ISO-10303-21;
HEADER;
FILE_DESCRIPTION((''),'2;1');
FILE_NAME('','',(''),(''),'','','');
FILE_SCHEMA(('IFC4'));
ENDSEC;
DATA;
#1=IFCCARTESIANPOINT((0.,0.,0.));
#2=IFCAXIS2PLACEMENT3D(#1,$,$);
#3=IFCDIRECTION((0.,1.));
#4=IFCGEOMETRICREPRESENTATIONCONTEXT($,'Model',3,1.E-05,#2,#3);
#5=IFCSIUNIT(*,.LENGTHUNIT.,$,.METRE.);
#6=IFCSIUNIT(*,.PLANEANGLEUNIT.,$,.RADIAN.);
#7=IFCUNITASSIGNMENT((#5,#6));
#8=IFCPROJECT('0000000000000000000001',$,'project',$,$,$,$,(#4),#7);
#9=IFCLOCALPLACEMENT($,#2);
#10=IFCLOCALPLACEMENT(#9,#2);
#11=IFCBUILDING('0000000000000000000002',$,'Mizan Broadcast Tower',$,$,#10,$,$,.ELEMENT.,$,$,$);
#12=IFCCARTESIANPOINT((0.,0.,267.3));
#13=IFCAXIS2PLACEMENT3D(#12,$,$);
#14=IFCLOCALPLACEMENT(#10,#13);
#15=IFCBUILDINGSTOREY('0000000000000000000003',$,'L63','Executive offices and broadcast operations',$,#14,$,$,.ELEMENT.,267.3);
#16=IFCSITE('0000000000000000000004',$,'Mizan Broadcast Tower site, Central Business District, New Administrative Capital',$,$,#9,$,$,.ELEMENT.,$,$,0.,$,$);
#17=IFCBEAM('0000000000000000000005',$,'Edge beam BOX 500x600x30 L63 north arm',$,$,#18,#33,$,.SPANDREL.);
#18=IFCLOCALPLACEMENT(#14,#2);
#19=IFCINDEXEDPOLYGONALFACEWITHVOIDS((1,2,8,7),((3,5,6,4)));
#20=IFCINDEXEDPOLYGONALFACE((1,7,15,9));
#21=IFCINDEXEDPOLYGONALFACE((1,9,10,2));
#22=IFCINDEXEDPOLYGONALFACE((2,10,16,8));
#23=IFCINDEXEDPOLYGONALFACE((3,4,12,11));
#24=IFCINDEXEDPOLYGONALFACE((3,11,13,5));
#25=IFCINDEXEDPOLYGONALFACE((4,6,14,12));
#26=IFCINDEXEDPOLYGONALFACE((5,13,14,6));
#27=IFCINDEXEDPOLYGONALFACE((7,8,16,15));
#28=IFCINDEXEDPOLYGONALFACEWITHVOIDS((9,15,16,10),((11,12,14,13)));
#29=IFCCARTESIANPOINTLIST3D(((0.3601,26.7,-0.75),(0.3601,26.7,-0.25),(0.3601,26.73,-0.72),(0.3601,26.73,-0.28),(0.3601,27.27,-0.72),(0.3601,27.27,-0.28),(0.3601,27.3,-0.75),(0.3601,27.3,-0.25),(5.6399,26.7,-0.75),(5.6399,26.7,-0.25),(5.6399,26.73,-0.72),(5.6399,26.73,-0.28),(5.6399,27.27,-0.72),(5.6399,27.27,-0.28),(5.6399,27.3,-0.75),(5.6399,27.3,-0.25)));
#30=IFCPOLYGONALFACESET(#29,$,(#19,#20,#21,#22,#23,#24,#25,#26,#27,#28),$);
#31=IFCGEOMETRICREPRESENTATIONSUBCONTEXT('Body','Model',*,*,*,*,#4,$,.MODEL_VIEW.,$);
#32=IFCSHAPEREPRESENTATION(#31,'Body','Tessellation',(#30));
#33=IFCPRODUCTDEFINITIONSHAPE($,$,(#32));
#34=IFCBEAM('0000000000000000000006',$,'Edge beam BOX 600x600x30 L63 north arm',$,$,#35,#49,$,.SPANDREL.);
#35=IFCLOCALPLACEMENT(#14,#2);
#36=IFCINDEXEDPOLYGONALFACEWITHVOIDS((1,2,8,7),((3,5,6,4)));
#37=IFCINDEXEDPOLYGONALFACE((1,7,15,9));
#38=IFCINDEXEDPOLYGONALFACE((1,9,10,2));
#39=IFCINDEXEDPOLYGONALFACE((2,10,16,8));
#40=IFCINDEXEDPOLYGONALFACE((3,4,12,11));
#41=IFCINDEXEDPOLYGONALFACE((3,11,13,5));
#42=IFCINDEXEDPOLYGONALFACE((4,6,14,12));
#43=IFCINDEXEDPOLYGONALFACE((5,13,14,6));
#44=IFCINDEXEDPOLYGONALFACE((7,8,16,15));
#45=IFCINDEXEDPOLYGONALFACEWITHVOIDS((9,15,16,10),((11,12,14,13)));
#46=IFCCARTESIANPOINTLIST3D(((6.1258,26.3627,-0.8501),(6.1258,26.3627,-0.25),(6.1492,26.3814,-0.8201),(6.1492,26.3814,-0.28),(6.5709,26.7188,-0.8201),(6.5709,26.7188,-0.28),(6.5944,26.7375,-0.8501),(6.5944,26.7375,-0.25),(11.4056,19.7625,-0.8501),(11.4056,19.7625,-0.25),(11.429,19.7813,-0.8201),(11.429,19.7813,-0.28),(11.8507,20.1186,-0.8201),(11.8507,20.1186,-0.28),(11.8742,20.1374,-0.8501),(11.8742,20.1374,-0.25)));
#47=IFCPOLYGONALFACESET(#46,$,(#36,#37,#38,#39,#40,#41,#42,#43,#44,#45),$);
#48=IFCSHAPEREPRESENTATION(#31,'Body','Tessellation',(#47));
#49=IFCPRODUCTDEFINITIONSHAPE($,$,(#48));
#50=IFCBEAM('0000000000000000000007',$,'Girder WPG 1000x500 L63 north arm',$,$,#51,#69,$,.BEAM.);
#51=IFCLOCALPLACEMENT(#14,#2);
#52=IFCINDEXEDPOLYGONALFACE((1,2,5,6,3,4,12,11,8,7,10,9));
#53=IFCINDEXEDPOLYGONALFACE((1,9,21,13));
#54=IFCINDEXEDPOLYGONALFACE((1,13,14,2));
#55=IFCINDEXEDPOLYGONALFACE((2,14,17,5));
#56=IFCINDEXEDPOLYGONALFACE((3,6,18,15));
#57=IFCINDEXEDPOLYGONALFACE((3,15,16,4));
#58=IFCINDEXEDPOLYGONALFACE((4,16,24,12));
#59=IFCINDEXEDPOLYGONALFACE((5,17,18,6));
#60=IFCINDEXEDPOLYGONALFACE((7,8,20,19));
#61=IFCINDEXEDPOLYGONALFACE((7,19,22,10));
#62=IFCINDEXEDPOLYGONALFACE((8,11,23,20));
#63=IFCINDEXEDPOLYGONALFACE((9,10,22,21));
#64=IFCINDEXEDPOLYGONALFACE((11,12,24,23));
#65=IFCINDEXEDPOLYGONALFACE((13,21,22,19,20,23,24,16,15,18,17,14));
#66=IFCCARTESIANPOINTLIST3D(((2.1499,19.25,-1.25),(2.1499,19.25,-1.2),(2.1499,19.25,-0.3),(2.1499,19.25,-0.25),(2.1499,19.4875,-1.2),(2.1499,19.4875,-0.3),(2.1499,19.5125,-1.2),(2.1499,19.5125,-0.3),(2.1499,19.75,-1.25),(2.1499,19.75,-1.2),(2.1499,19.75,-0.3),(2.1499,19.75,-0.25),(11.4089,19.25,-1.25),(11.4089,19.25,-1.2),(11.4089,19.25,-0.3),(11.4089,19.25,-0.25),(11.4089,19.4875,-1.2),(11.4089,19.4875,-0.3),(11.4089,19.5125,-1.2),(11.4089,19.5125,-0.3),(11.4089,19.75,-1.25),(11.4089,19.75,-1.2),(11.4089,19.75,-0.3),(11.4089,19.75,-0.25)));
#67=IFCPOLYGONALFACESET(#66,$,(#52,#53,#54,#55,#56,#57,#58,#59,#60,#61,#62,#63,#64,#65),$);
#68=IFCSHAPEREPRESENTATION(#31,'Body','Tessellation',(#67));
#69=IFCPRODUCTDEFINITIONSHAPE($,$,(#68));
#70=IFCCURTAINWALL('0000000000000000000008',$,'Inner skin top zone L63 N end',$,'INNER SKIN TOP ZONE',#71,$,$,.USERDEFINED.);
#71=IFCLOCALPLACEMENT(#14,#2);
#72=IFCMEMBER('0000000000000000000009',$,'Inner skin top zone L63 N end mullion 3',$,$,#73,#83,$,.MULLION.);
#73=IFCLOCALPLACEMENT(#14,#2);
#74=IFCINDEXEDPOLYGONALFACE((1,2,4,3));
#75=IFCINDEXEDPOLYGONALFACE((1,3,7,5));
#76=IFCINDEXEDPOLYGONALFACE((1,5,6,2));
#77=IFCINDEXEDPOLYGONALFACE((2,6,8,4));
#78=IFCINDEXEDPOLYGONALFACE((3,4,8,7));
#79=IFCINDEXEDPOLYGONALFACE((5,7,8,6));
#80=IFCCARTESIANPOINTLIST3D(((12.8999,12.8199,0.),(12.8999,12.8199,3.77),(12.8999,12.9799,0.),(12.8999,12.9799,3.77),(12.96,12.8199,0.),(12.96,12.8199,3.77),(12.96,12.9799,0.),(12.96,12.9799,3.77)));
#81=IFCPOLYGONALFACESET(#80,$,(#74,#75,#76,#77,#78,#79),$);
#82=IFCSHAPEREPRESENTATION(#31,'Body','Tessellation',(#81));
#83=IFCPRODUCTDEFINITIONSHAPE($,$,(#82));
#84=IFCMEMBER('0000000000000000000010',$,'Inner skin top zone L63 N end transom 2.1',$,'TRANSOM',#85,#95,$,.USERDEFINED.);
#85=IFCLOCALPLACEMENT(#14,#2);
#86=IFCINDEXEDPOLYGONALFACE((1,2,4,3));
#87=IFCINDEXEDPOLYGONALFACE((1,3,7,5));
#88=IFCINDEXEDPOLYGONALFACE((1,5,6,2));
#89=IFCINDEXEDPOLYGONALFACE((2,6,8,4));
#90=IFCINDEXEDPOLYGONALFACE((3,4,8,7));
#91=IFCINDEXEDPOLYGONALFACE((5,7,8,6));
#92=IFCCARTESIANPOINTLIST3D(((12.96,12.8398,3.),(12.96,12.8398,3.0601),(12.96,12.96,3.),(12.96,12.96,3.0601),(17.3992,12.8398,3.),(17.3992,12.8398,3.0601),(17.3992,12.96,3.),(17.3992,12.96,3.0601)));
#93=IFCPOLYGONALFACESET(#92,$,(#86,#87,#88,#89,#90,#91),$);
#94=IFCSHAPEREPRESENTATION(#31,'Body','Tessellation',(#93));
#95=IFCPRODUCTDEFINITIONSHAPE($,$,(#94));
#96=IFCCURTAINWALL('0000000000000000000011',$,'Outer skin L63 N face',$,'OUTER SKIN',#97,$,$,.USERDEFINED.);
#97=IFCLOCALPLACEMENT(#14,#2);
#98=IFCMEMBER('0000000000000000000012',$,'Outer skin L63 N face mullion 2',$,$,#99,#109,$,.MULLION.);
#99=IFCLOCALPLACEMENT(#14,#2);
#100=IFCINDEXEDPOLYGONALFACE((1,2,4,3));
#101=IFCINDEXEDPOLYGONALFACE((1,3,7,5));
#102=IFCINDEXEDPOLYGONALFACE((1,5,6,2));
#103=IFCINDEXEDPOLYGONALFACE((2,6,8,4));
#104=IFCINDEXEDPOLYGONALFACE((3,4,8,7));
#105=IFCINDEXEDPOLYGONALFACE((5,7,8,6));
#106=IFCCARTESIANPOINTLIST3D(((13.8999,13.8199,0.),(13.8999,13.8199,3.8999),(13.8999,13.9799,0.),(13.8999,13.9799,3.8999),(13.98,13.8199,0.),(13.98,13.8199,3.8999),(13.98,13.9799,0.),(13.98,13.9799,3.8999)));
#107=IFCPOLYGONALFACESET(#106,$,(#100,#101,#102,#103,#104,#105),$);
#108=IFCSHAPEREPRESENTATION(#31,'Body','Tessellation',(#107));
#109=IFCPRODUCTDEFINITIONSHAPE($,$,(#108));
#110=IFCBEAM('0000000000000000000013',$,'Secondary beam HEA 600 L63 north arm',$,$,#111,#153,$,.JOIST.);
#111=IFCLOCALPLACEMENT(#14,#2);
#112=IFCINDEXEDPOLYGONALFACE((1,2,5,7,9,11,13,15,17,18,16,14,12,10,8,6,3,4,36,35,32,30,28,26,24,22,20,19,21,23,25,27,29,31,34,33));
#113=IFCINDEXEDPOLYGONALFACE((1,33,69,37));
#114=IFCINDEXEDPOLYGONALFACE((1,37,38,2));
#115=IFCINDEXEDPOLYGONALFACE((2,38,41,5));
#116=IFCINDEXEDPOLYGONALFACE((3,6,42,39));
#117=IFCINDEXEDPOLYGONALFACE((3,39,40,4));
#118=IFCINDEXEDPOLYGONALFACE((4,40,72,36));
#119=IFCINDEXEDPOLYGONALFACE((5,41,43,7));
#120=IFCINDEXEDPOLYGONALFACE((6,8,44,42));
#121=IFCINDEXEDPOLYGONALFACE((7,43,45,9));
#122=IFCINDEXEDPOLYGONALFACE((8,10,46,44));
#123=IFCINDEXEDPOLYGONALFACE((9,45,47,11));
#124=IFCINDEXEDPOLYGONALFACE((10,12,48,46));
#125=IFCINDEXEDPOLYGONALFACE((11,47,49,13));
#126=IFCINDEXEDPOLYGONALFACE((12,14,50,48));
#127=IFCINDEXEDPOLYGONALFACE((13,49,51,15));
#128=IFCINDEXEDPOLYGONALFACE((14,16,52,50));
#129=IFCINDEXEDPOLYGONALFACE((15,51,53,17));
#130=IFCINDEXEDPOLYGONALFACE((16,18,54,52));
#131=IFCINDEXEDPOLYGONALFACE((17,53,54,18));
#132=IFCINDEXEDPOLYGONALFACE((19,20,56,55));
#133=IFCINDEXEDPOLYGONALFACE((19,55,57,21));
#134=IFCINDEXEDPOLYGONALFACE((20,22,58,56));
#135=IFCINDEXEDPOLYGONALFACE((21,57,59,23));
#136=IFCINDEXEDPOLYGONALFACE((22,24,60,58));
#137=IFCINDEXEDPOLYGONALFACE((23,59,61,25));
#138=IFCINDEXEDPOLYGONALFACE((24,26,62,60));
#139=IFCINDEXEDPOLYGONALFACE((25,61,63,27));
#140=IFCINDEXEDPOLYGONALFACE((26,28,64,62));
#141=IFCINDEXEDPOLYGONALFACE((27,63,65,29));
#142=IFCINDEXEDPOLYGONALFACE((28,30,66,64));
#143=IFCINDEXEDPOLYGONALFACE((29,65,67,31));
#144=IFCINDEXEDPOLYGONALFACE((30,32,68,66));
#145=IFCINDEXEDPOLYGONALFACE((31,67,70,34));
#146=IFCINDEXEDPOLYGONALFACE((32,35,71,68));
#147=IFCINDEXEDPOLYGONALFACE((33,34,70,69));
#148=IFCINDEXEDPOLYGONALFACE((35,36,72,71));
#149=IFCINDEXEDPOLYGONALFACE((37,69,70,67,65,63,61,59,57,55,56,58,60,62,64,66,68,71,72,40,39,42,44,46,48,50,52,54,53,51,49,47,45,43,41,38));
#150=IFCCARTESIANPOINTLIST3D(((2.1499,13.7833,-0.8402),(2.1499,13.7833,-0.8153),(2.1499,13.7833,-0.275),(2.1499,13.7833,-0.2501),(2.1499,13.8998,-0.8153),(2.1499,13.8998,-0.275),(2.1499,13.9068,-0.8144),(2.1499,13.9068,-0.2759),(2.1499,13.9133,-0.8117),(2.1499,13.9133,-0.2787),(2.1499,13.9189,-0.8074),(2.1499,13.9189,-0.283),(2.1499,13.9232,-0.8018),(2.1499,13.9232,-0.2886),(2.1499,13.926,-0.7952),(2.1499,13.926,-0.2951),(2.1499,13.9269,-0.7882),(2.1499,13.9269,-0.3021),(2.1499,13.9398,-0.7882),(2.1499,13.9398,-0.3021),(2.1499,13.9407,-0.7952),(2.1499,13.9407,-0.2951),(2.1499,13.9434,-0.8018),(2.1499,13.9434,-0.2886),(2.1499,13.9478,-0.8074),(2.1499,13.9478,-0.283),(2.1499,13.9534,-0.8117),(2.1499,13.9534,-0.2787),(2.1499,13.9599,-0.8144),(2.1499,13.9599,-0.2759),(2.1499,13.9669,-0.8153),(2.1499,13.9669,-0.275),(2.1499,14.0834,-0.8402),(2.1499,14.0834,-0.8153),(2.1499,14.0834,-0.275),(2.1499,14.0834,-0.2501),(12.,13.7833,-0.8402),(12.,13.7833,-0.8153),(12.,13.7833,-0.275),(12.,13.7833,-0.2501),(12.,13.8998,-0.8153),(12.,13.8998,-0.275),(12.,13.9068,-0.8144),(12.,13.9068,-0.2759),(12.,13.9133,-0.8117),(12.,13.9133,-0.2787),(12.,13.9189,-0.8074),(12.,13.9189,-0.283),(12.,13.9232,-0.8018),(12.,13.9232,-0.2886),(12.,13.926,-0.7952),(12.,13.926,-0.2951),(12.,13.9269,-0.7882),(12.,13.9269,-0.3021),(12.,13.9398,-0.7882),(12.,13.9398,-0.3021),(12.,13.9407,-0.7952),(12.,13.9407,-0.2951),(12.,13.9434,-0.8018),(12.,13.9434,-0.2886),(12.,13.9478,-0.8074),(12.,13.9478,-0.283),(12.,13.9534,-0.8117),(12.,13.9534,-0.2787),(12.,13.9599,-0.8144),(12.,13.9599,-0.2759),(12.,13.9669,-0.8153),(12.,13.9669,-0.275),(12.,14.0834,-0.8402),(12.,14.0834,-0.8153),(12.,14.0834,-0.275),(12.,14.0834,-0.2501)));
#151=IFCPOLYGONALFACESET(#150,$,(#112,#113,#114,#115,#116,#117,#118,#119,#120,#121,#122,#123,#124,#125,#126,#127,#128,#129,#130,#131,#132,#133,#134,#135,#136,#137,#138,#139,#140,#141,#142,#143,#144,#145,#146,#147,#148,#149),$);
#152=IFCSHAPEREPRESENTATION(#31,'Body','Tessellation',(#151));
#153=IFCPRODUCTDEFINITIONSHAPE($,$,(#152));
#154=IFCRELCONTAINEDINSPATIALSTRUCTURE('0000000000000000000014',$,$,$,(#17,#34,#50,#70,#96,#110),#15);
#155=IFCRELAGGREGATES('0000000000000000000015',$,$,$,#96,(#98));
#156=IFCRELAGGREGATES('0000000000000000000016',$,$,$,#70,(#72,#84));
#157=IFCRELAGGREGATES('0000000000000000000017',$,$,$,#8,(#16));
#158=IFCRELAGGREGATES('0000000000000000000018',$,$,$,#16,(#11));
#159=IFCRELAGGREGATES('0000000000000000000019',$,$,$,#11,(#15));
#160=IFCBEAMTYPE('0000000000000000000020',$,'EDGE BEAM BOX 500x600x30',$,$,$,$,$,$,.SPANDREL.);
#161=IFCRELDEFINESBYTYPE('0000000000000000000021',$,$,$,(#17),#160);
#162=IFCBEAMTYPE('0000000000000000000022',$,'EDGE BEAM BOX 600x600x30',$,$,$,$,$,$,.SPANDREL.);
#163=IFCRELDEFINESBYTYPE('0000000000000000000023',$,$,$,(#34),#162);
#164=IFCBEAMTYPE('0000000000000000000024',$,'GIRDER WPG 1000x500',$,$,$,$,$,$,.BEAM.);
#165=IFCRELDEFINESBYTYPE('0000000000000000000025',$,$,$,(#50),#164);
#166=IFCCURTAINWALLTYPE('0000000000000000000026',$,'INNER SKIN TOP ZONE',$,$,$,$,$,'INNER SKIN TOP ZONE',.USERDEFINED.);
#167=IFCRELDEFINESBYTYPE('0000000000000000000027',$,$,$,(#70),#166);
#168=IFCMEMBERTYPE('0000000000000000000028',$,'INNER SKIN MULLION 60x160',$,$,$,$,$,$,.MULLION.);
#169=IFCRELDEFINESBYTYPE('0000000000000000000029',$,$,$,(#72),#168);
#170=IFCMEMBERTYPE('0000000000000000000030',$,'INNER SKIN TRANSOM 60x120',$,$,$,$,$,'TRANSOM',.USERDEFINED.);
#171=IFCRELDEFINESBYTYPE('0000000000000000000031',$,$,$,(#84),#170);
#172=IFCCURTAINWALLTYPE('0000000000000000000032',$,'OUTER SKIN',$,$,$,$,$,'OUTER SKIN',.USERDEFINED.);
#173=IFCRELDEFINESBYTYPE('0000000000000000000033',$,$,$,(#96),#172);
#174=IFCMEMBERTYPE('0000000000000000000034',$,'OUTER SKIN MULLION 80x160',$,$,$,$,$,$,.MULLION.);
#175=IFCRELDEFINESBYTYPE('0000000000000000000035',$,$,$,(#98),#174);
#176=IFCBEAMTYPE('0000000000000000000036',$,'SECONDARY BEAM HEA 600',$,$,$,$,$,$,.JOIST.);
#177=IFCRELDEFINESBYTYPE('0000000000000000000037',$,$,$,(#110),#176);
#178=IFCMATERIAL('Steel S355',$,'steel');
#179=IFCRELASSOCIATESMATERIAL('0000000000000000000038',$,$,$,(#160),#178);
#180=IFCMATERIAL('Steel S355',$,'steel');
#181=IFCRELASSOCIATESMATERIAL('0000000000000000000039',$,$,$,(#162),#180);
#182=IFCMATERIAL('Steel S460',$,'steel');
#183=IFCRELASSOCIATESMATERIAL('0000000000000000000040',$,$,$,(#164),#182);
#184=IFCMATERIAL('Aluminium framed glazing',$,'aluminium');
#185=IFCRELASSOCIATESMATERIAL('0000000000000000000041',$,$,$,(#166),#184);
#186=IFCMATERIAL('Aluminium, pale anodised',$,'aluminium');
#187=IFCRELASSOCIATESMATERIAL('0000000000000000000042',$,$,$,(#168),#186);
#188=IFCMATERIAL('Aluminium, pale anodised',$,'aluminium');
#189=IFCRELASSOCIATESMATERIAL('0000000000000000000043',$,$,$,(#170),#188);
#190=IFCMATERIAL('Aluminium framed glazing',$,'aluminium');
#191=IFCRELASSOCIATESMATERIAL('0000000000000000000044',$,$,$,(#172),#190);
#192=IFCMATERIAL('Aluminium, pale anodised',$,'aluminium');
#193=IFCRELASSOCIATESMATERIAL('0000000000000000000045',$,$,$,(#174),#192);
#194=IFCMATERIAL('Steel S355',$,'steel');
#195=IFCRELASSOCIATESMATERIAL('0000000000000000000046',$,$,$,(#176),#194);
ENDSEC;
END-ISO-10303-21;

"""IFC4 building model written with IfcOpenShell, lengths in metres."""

from ifc_helpers import new_model, si_unit, direction, frame, origin, origin_2d, place, context, subcontext, project, spatial, rectangle, hollow_rectangle, i_section, extrude, material, material_profile, profile_set, type_object, element, aggregate, save


model = new_model("IFC4")

# Units and contexts
model_context = context("Model", 3, precision=1e-05, world=origin(), true_north=direction((0.0, 1.0)))
body_context = subcontext(model_context, "Body", "Model", "MODEL_VIEW")
ifc_project = project(units=[si_unit("LENGTHUNIT", "METRE"), si_unit("PLANEANGLEUNIT", "RADIAN")], contexts=[model_context])

# Site, building, storey
site_placement = place(None, origin())
site = spatial("IfcSite", under=ifc_project, at=site_placement, Name="Mizan Broadcast Tower site, Central Business District, New Administrative Capital", CompositionType="ELEMENT", RefElevation=0.0)
building_placement = place(site_placement, origin())
building = spatial("IfcBuilding", under=site, at=building_placement, Name="Mizan Broadcast Tower", CompositionType="ELEMENT")
storey_placement = place(building_placement, frame((0.0, 0.0, 267.3)))
storey = spatial("IfcBuildingStorey", under=building, at=storey_placement, Name="L63", Description="Executive offices and broadcast operations", CompositionType="ELEMENT", Elevation=267.3)

# Beams
ifc_material_1 = material(Name="Steel S355", Category="steel")
ifc_material_profile_1 = material_profile(ifc_material_1, hollow_rectangle(XDim=0.6001, YDim=0.5, WallThickness=0.03, at=origin_2d()), Name="BOX 500x600x30")
ifc_profile_set_1 = profile_set([ifc_material_profile_1], Name="Steel S355")
beam_type_1 = type_object("IfcBeamType", Name="EDGE BEAM BOX 500x600x30", PredefinedType="SPANDREL", material=ifc_profile_set_1)
beam_1_placement = place(storey_placement, frame((5.6399, 27.0, -0.5), z_axis=(-1.0, 0.0, 0.0), x_axis=(0.0, -1.0, 0.0)))
element("IfcBeam", 1, at=beam_1_placement, inside=storey, type_object=beam_type_1, Name="Edge beam BOX 500x600x30 L63 north arm", PredefinedType="SPANDREL", context=body_context, shape_type="SweptSolid", body=[
    extrude(hollow_rectangle(XDim=0.6001, YDim=0.5, WallThickness=0.03, at=origin_2d()), origin(), (0.0, 0.0, 1.0), 5.2798),
])
ifc_material_2 = material(Name="Steel S355", Category="steel")
ifc_material_profile_2 = material_profile(ifc_material_2, hollow_rectangle(XDim=0.6001, YDim=0.6001, WallThickness=0.03, at=origin_2d()), Name="BOX 600x600x30")
ifc_profile_set_2 = profile_set([ifc_material_profile_2], Name="Steel S355")
beam_type_2 = type_object("IfcBeamType", Name="EDGE BEAM BOX 600x600x30", PredefinedType="SPANDREL", material=ifc_profile_set_2)
beam_2_placement = place(storey_placement, frame((11.6399, 19.95, -0.55), z_axis=(-0.624674, 0.780886, 0.0), x_axis=(-0.780886, -0.624674, 0.0)))
element("IfcBeam", 2, at=beam_2_placement, inside=storey, type_object=beam_type_2, Name="Edge beam BOX 600x600x30 L63 north arm", PredefinedType="SPANDREL", context=body_context, shape_type="SweptSolid", body=[
    extrude(hollow_rectangle(XDim=0.6001, YDim=0.6001, WallThickness=0.03, at=origin_2d()), origin(), (0.0, 0.0, 1.0), 8.4521),
])
ifc_material_3 = material(Name="Steel S460", Category="steel")
ifc_material_profile_3 = material_profile(ifc_material_3, i_section(OverallWidth=0.5, OverallDepth=1.0, WebThickness=0.0249, FlangeThickness=0.05, at=origin_2d()), Name="WPG 1000x500")
ifc_profile_set_3 = profile_set([ifc_material_profile_3], Name="Steel S460")
beam_type_3 = type_object("IfcBeamType", Name="GIRDER WPG 1000x500", PredefinedType="BEAM", material=ifc_profile_set_3)
beam_3_placement = place(storey_placement, frame((11.4089, 19.5, -0.75), z_axis=(-1.0, 0.0, 0.0), x_axis=(0.0, -1.0, 0.0)))
element("IfcBeam", 3, at=beam_3_placement, inside=storey, type_object=beam_type_3, Name="Girder WPG 1000x500 L63 north arm", PredefinedType="BEAM", context=body_context, shape_type="SweptSolid", body=[
    extrude(i_section(OverallWidth=0.5, OverallDepth=1.0, WebThickness=0.0249, FlangeThickness=0.05, at=origin_2d()), origin(), (0.0, 0.0, 1.0), 9.259),
])

# Curtain wall, members
ifc_material_4 = material(Name="Aluminium framed glazing", Category="aluminium")
curtain_wall_type_1 = type_object("IfcCurtainWallType", Name="INNER SKIN TOP ZONE", ElementType="INNER SKIN TOP ZONE", PredefinedType="USERDEFINED", material=ifc_material_4)
curtain_wall_1_placement = place(storey_placement, origin())
curtain_wall_1 = element("IfcCurtainWall", 4, at=curtain_wall_1_placement, inside=storey, type_object=curtain_wall_type_1, Name="Inner skin top zone L63 N end", ObjectType="INNER SKIN TOP ZONE", PredefinedType="USERDEFINED")
ifc_material_5 = material(Name="Aluminium, pale anodised", Category="aluminium")
ifc_material_profile_4 = material_profile(ifc_material_5, rectangle(XDim=0.1599, YDim=0.0601, at=origin_2d()), Name="MULLION 160x60")
ifc_profile_set_4 = profile_set([ifc_material_profile_4], Name="Aluminium, pale anodised")
member_type_1 = type_object("IfcMemberType", Name="INNER SKIN MULLION 60x160", PredefinedType="MULLION", material=ifc_profile_set_4)
member_1_placement = place(storey_placement, frame((12.9299, 12.8999, 0.0), z_axis=(0.0, 0.0, 1.0), x_axis=(0.0, -1.0, 0.0)))
member_1 = element("IfcMember", 5, at=member_1_placement, type_object=member_type_1, Name="Inner skin top zone L63 N end mullion 3", PredefinedType="MULLION", context=body_context, shape_type="SweptSolid", body=[
    extrude(rectangle(XDim=0.1599, YDim=0.0601, at=origin_2d()), origin(), (0.0, 0.0, 1.0), 3.77),
])
ifc_material_6 = material(Name="Aluminium, pale anodised", Category="aluminium")
ifc_material_profile_5 = material_profile(ifc_material_6, rectangle(XDim=0.1201, YDim=0.0601, at=origin_2d()), Name="TRANSOM 120x60")
ifc_profile_set_5 = profile_set([ifc_material_profile_5], Name="Aluminium, pale anodised")
member_type_2 = type_object("IfcMemberType", Name="INNER SKIN TRANSOM 60x120", ElementType="TRANSOM", PredefinedType="USERDEFINED", material=ifc_profile_set_5)
member_2_placement = place(storey_placement, frame((17.3992, 12.8999, 3.03), z_axis=(-1.0, 0.0, 0.0), x_axis=(0.0, -1.0, 0.0)))
member_2 = element("IfcMember", 6, at=member_2_placement, type_object=member_type_2, Name="Inner skin top zone L63 N end transom 2.1", ObjectType="TRANSOM", PredefinedType="USERDEFINED", context=body_context, shape_type="SweptSolid", body=[
    extrude(rectangle(XDim=0.1201, YDim=0.0601, at=origin_2d()), origin(), (0.0, 0.0, 1.0), 4.4392),
])

# Curtain wall, member
ifc_material_7 = material(Name="Aluminium framed glazing", Category="aluminium")
curtain_wall_type_2 = type_object("IfcCurtainWallType", Name="OUTER SKIN", ElementType="OUTER SKIN", PredefinedType="USERDEFINED", material=ifc_material_7)
curtain_wall_2_placement = place(storey_placement, origin())
curtain_wall_2 = element("IfcCurtainWall", 7, at=curtain_wall_2_placement, inside=storey, type_object=curtain_wall_type_2, Name="Outer skin L63 N face", ObjectType="OUTER SKIN", PredefinedType="USERDEFINED")
ifc_material_8 = material(Name="Aluminium, pale anodised", Category="aluminium")
ifc_material_profile_6 = material_profile(ifc_material_8, rectangle(XDim=0.1599, YDim=0.0801, at=origin_2d()), Name="MULLION 160x80")
ifc_profile_set_6 = profile_set([ifc_material_profile_6], Name="Aluminium, pale anodised")
member_type_3 = type_object("IfcMemberType", Name="OUTER SKIN MULLION 80x160", PredefinedType="MULLION", material=ifc_profile_set_6)
member_3_placement = place(storey_placement, frame((13.9399, 13.8999, 0.0), z_axis=(0.0, 0.0, 1.0), x_axis=(0.0, -1.0, 0.0)))
member_3 = element("IfcMember", 8, at=member_3_placement, type_object=member_type_3, Name="Outer skin L63 N face mullion 2", PredefinedType="MULLION", context=body_context, shape_type="SweptSolid", body=[
    extrude(rectangle(XDim=0.1599, YDim=0.0801, at=origin_2d()), origin(), (0.0, 0.0, 1.0), 3.8999),
])
aggregate(curtain_wall_2, [member_3])

# Beam
ifc_material_9 = material(Name="Steel S355", Category="steel")
ifc_material_profile_7 = material_profile(ifc_material_9, i_section(OverallWidth=0.3, OverallDepth=0.5901, WebThickness=0.0129, FlangeThickness=0.0249, FilletRadius=0.0271, at=origin_2d()), Name="HEA 600")
ifc_profile_set_7 = profile_set([ifc_material_profile_7], Name="Steel S355")
beam_type_4 = type_object("IfcBeamType", Name="SECONDARY BEAM HEA 600", PredefinedType="JOIST", material=ifc_profile_set_7)
for number, where, z_axis, x_axis, name in (
    (9, (12.0, 13.9333, -0.5452), (-1.0, 0.0, 0.0), (0.0, -1.0, 0.0), "Secondary beam HEA 600 L63 north arm"),
):
    element("IfcBeam", number, at=place(storey_placement, frame(where, z_axis=z_axis, x_axis=x_axis)), inside=storey, type_object=beam_type_4, Name=name, PredefinedType="JOIST", context=body_context, shape_type="SweptSolid", body=[
        extrude(i_section(OverallWidth=0.3, OverallDepth=0.5901, WebThickness=0.0129, FlangeThickness=0.0249, FilletRadius=0.0271, at=origin_2d()), origin(), (0.0, 0.0, 1.0), 9.8501),
    ])

aggregate(curtain_wall_1, [member_1, member_2])

save(model, "model.ifc")
